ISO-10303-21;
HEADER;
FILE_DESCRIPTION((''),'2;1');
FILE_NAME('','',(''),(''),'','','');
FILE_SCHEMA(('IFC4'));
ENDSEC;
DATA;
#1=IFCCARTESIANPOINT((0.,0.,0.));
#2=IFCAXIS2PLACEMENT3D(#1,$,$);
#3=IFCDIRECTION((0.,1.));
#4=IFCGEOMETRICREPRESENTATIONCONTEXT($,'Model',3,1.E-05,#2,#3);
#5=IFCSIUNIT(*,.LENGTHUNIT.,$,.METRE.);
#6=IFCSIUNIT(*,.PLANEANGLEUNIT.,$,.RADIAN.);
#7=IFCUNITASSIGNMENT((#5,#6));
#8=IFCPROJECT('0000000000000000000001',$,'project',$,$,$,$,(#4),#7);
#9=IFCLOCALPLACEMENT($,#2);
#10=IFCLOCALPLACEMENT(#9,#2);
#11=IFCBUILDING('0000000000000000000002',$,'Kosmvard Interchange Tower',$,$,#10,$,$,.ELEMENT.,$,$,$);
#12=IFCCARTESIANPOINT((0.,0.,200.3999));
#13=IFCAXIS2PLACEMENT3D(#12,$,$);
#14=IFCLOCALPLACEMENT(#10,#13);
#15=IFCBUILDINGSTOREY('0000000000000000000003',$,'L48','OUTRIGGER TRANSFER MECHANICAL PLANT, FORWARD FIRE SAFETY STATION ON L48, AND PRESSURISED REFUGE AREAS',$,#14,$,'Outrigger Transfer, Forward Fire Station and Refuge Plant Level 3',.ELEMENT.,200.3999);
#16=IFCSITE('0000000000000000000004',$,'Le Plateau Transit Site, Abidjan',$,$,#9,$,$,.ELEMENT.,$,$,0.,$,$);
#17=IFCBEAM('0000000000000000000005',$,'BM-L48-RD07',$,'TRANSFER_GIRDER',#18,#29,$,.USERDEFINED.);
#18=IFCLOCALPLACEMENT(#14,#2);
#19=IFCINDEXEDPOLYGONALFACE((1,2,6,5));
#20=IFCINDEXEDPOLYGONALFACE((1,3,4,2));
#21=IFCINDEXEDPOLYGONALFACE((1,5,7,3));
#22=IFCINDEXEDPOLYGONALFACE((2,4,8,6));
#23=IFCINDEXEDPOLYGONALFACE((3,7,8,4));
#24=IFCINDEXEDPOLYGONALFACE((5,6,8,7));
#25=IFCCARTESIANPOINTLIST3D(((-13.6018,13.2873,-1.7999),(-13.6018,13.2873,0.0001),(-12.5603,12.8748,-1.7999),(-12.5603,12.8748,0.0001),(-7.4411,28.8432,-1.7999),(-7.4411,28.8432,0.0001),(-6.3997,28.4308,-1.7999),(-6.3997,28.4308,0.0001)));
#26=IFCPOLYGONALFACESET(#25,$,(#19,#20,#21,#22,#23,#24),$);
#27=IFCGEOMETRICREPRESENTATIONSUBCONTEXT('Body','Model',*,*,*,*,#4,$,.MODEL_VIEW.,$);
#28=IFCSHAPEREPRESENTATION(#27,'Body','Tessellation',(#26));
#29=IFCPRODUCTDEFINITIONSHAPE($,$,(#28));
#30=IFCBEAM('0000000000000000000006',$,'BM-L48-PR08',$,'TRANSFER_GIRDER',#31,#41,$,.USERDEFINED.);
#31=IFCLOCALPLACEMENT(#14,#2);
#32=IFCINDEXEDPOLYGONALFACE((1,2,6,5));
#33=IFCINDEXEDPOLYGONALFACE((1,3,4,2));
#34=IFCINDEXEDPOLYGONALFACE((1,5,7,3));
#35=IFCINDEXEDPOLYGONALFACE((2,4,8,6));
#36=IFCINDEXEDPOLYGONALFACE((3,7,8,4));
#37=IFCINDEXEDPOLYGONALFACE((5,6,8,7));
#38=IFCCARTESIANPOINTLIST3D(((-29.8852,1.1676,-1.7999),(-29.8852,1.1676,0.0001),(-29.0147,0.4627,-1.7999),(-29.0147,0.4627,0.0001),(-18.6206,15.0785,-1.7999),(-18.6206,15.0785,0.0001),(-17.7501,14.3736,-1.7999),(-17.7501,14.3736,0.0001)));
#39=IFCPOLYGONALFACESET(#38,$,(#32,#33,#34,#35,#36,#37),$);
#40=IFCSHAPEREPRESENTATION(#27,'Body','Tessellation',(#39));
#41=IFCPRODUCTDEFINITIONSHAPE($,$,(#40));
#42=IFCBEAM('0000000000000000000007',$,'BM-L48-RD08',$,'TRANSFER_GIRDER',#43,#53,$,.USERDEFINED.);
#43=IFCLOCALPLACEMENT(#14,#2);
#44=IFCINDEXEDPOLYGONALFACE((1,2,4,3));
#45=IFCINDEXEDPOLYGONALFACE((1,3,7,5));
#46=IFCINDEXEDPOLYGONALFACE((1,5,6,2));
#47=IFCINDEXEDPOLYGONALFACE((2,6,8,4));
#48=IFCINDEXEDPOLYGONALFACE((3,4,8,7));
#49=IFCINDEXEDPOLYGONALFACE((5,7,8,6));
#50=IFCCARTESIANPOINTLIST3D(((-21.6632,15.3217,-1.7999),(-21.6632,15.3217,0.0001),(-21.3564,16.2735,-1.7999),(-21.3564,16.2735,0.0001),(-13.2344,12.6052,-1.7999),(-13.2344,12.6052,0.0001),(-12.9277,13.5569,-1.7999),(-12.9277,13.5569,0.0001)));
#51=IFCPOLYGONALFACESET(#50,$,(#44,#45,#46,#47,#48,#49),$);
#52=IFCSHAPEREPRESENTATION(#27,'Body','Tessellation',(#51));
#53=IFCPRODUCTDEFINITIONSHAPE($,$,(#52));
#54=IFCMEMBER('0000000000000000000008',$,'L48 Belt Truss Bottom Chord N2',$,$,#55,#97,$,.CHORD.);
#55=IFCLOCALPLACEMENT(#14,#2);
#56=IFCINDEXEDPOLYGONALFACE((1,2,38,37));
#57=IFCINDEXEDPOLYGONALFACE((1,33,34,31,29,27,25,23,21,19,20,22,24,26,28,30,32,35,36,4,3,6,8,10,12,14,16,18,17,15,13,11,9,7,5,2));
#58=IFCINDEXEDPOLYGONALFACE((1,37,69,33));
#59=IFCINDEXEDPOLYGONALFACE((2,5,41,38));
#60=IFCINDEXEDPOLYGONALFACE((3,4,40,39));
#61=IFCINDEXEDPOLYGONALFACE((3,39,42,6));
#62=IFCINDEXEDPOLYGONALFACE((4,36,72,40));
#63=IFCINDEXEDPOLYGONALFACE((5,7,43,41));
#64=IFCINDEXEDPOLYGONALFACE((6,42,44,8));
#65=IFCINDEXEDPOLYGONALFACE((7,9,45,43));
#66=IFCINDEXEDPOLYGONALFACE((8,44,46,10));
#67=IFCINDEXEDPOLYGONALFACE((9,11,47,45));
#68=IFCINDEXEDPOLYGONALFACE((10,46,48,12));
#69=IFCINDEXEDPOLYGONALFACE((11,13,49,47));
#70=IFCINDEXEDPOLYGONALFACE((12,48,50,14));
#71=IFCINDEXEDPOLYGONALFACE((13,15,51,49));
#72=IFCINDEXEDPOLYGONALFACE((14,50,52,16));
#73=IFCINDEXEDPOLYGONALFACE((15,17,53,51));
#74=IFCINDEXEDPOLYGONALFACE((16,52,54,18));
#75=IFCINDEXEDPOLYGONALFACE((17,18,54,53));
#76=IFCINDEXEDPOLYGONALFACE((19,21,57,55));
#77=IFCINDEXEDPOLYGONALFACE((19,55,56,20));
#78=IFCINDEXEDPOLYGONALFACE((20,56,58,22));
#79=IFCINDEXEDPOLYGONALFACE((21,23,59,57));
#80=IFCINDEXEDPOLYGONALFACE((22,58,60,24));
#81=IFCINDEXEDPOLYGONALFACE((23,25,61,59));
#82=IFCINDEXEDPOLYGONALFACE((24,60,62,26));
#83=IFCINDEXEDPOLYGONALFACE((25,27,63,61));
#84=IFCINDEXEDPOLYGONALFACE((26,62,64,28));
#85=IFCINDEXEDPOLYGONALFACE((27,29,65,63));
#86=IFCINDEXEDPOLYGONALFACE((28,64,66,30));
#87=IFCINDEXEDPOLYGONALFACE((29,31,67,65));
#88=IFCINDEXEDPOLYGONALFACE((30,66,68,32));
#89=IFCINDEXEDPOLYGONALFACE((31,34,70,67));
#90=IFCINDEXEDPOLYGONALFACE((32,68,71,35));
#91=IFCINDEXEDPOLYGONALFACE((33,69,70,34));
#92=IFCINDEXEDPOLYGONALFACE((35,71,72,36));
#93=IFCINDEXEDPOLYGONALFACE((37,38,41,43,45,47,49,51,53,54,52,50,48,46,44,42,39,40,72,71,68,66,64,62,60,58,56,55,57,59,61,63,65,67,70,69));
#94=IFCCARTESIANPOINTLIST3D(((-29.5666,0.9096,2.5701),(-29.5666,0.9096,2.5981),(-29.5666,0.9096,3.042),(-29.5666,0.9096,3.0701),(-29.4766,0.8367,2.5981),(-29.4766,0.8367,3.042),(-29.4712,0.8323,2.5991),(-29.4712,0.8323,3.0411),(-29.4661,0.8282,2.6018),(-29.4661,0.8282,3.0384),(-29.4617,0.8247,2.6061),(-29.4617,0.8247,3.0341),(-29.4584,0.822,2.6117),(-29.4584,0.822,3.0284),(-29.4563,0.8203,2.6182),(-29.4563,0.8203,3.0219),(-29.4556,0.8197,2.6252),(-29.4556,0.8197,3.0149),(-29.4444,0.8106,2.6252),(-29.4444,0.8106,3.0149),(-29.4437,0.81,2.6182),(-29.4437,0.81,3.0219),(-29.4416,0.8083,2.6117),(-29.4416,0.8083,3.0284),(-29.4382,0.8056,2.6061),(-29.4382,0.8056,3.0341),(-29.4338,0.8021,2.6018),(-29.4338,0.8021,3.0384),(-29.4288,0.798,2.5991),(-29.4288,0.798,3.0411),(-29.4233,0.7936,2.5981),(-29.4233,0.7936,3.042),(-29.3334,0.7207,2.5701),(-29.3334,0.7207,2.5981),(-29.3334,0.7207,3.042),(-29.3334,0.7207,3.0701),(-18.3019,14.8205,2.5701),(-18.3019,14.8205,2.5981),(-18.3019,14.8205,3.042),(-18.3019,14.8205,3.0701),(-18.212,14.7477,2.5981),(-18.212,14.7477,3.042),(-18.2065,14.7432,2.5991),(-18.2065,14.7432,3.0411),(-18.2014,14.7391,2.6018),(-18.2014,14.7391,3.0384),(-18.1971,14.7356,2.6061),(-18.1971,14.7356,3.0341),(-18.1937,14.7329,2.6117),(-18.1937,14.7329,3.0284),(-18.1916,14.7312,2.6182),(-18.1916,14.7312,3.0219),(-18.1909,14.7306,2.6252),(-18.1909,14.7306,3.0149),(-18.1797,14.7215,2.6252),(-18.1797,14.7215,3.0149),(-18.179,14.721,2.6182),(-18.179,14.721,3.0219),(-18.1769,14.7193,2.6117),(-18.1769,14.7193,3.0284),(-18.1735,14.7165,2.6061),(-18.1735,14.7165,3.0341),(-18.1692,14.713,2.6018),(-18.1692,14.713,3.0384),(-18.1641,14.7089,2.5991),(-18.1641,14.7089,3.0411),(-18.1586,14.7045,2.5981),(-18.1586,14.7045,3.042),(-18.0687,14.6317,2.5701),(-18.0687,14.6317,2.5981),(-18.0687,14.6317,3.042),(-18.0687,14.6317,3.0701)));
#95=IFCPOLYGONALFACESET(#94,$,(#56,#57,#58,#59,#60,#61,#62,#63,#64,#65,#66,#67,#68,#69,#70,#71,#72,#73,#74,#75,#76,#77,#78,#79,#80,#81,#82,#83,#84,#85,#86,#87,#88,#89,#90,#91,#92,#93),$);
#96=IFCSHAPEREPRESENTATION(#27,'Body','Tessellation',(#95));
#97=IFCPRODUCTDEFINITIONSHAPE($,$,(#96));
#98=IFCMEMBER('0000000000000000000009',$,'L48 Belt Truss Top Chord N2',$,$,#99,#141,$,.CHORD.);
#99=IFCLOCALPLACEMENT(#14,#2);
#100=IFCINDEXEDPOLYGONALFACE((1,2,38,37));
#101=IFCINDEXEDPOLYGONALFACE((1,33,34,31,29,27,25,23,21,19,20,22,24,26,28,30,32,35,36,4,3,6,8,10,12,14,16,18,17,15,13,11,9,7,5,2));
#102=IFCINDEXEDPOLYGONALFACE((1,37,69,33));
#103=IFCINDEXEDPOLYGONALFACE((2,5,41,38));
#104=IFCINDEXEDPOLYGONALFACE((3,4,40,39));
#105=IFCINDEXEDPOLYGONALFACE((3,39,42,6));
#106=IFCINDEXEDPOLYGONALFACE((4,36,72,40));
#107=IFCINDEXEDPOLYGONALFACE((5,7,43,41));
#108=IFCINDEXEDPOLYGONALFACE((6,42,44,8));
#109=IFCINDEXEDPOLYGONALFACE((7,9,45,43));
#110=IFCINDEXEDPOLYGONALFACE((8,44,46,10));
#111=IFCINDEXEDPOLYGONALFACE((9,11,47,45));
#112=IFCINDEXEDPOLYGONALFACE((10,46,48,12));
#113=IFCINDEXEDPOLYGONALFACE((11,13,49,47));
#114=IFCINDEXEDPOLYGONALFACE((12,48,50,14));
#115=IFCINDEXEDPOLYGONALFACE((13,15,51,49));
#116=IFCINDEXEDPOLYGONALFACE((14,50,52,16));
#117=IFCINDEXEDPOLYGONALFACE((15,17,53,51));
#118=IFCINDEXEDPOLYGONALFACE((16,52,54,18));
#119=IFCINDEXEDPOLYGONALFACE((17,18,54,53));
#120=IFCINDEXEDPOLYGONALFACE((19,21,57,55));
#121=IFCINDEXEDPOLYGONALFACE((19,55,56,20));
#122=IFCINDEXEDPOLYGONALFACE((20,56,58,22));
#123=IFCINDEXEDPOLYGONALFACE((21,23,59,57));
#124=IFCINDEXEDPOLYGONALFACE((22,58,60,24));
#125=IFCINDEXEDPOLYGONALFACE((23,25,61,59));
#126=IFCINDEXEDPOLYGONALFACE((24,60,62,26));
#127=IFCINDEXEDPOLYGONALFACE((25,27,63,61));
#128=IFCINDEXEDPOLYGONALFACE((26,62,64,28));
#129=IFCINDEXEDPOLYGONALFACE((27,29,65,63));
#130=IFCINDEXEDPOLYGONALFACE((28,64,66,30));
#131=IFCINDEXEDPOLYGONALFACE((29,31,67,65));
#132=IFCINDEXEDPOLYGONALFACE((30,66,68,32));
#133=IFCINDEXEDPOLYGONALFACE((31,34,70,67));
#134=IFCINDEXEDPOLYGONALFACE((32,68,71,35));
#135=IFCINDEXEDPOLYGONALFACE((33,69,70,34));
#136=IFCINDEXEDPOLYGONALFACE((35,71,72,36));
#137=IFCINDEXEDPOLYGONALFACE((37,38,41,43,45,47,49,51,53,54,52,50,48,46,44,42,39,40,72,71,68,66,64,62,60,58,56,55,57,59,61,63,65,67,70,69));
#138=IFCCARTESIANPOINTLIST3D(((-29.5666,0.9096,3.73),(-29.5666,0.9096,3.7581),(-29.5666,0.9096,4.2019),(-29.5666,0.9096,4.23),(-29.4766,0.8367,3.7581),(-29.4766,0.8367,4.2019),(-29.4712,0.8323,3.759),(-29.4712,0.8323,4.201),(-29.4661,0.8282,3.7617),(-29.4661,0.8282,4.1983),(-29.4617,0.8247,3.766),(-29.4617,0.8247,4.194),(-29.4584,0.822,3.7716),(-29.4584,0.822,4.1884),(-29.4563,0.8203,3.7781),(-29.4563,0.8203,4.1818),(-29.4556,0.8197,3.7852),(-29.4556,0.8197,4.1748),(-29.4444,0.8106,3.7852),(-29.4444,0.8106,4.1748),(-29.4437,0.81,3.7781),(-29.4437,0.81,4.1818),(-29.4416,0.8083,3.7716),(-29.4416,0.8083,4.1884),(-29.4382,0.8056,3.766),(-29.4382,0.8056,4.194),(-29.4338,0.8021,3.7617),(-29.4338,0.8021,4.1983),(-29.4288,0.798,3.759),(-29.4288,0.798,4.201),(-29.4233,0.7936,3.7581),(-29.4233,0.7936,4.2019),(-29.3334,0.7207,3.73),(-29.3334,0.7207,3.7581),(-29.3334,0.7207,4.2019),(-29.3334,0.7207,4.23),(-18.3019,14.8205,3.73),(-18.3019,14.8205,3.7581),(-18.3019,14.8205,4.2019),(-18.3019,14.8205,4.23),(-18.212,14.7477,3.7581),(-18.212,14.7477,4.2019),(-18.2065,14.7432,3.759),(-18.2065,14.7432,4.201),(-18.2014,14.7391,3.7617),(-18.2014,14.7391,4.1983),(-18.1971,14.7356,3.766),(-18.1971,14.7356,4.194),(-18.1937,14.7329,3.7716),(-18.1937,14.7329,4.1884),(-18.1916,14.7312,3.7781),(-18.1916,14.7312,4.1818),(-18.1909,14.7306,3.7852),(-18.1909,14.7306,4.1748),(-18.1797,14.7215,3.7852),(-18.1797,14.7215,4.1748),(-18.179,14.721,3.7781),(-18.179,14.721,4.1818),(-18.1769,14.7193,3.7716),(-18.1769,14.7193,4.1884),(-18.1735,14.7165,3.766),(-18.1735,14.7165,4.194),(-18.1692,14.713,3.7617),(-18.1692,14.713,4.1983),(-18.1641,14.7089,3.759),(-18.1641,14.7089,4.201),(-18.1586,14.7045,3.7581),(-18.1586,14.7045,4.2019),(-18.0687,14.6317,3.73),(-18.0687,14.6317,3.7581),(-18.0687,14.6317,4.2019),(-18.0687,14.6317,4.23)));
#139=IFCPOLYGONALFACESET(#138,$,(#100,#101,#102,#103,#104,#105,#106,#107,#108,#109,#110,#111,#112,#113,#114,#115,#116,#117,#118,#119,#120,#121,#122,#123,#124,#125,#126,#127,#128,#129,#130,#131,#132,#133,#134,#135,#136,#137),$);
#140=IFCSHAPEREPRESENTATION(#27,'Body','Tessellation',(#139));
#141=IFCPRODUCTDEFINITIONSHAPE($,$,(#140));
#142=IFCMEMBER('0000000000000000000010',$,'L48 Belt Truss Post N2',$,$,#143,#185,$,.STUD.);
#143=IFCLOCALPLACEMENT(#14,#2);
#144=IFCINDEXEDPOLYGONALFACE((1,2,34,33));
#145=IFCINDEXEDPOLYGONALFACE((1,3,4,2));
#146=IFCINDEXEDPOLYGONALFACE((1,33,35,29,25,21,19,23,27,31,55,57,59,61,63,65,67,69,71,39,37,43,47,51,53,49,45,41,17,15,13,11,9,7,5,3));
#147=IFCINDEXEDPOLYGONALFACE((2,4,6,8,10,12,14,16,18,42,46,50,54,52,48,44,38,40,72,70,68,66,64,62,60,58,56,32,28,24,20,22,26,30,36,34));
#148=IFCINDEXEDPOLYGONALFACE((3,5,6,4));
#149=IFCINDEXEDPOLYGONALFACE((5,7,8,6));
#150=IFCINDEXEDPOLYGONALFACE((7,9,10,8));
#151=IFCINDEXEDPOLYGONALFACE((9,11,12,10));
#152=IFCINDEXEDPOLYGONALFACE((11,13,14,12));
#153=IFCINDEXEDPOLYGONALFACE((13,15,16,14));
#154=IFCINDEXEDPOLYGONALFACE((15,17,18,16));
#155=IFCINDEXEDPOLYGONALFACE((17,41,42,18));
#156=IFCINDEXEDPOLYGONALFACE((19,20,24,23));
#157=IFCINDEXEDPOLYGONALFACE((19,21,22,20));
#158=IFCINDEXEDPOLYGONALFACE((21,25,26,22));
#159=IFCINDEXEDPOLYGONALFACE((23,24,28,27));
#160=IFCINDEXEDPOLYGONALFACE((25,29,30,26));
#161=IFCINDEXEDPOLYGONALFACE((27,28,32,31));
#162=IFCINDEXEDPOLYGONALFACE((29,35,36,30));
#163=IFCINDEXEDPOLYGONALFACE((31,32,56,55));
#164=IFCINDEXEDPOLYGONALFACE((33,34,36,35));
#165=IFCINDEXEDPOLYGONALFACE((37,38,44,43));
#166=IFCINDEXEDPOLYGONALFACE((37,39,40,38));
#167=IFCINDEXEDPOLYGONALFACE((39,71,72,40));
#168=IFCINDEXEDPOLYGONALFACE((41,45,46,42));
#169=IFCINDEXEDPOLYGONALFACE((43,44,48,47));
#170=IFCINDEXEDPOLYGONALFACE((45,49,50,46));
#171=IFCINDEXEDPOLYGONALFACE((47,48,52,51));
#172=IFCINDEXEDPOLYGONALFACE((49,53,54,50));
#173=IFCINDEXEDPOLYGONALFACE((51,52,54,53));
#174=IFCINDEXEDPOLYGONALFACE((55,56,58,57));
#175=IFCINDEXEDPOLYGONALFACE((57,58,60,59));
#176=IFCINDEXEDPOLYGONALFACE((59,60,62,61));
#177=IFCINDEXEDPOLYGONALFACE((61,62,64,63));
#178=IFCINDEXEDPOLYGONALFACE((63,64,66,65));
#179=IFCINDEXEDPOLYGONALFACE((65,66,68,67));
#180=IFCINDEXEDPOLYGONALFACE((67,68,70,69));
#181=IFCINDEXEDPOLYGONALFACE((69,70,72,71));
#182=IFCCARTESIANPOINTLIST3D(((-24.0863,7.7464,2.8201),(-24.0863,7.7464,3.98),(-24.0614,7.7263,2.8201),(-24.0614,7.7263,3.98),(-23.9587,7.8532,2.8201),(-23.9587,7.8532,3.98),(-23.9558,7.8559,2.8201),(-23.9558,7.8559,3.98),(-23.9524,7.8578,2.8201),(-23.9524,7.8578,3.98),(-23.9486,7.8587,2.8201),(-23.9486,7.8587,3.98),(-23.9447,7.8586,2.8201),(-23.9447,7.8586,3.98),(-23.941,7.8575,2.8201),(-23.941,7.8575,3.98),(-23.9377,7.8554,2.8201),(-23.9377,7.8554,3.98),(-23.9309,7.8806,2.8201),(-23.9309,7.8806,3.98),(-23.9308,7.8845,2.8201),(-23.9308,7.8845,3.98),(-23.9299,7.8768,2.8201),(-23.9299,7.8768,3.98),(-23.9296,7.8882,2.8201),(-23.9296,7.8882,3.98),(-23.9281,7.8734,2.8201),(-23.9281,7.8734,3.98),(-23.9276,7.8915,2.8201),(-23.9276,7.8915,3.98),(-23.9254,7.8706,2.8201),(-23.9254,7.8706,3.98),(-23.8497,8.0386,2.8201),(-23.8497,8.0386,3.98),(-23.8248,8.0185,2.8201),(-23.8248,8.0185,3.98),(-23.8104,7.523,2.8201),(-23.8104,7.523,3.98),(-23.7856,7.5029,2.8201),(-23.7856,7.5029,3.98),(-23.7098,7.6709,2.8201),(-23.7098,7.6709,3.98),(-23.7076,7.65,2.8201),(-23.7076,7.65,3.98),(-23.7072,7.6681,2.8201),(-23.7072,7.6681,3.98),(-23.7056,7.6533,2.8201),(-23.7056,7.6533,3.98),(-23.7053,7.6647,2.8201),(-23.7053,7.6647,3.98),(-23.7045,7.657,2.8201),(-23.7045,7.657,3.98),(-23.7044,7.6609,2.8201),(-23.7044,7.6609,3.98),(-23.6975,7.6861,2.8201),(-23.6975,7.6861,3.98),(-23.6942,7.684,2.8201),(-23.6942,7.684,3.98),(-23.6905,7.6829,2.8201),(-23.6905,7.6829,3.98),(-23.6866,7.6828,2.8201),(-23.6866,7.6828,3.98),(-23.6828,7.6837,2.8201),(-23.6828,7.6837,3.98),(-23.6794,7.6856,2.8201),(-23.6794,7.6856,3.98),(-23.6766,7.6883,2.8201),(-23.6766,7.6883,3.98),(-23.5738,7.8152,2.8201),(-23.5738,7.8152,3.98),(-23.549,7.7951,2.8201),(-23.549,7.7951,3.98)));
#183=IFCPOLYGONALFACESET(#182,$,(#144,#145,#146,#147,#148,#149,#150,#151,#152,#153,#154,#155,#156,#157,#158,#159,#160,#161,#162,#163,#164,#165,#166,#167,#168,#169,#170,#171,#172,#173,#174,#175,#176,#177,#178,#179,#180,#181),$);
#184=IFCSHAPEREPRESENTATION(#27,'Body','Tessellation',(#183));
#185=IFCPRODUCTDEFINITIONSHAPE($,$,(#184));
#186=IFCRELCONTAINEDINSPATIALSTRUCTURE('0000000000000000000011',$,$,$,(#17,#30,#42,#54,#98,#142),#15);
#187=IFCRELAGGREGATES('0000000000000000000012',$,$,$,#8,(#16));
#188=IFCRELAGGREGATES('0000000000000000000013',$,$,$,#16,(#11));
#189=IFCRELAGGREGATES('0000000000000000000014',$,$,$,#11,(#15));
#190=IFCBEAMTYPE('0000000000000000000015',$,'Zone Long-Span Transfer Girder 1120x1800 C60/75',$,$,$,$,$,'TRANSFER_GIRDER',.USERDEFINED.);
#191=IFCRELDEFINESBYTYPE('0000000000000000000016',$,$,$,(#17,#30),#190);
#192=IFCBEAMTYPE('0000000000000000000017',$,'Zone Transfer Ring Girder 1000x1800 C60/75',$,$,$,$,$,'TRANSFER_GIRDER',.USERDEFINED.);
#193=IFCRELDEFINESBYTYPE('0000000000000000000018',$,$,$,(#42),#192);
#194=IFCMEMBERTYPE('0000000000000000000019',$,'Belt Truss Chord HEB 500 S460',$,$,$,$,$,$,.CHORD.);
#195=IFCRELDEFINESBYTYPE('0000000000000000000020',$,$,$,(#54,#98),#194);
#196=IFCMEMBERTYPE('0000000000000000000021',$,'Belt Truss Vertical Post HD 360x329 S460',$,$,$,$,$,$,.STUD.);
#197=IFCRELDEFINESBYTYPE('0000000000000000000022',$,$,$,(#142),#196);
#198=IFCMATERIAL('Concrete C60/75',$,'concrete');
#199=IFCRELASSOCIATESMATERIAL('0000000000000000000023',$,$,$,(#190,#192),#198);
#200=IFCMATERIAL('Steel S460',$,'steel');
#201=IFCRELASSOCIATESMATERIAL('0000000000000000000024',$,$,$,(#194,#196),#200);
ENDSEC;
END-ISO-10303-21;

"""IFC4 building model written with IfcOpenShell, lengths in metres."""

from ifc_helpers import new_model, si_unit, direction, frame, origin, origin_2d, place, context, subcontext, project, spatial, rectangle, i_section, extrude, source, transform, mapped, material, material_profile, profile_set, type_object, element, save


model = new_model("IFC4")

# Units and contexts
model_context = context("Model", 3, precision=1e-05, world=origin(), true_north=direction((0.0, 1.0)))
body_context = subcontext(model_context, "Body", "Model", "MODEL_VIEW")
ifc_project = project(units=[si_unit("LENGTHUNIT", "METRE"), si_unit("PLANEANGLEUNIT", "RADIAN")], contexts=[model_context])

# Site, building, storey
site_placement = place(None, origin())
site = spatial("IfcSite", under=ifc_project, at=site_placement, Name="Le Plateau Transit Site, Abidjan", CompositionType="ELEMENT", RefElevation=0.0)
building_placement = place(site_placement, origin())
building = spatial("IfcBuilding", under=site, at=building_placement, Name="Kosmvard Interchange Tower", CompositionType="ELEMENT")
storey_placement = place(building_placement, frame((0.0, 0.0, 200.3999)))
storey = spatial("IfcBuildingStorey", under=building, at=storey_placement, Name="L48", Description="OUTRIGGER TRANSFER MECHANICAL PLANT, FORWARD FIRE SAFETY STATION ON L48, AND PRESSURISED REFUGE AREAS", LongName="Outrigger Transfer, Forward Fire Station and Refuge Plant Level 3", CompositionType="ELEMENT", Elevation=200.3999)

# Shared definitions
ifc_material_1 = material(Name="Concrete C60/75", Category="concrete")

# Beams
ifc_material_profile_1 = material_profile(ifc_material_1, rectangle(XDim=1.1201, YDim=1.8, at=origin_2d()), Name="TG 1120x1800")
ifc_profile_set_1 = profile_set([ifc_material_profile_1], Name="Concrete C60/75")
beam_type_1 = type_object("IfcBeamType", Name="Zone Long-Span Transfer Girder 1120x1800 C60/75", ElementType="TRANSFER_GIRDER", PredefinedType="USERDEFINED", material=ifc_profile_set_1)
ifc_material_profile_2 = material_profile(ifc_material_1, rectangle(XDim=1.0, YDim=1.8, at=origin_2d()), Name="TG 1000x1800")
ifc_profile_set_2 = profile_set([ifc_material_profile_2], Name="Concrete C60/75")
beam_type_2 = type_object("IfcBeamType", Name="Zone Transfer Ring Girder 1000x1800 C60/75", ElementType="TRANSFER_GIRDER", PredefinedType="USERDEFINED", material=ifc_profile_set_2)
shared_shape_1 = source(origin(), body_context, "Body", "SweptSolid", [
    extrude(rectangle(XDim=1.1201, YDim=1.8, at=origin_2d()), origin(), (0.0, 0.0, 1.0), 16.7314),
])
beam_1_placement = place(storey_placement, frame((-13.0811, 13.0811, -0.8999), z_axis=(0.368209, 0.929743, 0.0), x_axis=(-0.929743, 0.368209, 0.0)))
element("IfcBeam", 1, at=beam_1_placement, inside=storey, type_object=beam_type_1, Name="BM-L48-RD07", ObjectType="TRANSFER_GIRDER", PredefinedType="USERDEFINED", context=body_context, shape_type="MappedRepresentation", body=[
    mapped(shared_shape_1, transform((0.0, 0.0, 0.0), scale=1.0)),
])
shared_shape_2 = source(origin(), body_context, "Body", "SweptSolid", [
    extrude(rectangle(XDim=1.1201, YDim=1.8, at=origin_2d()), origin(), (0.0, 0.0, 1.0), 17.8999),
])
beam_2_placement = place(storey_placement, frame((-18.1853, 14.7261, -0.8999), z_axis=(-0.629315, -0.777151, 0.0), x_axis=(0.777151, -0.629315, 0.0)))
element("IfcBeam", 2, at=beam_2_placement, inside=storey, type_object=beam_type_1, Name="BM-L48-PR08", ObjectType="TRANSFER_GIRDER", PredefinedType="USERDEFINED", context=body_context, shape_type="MappedRepresentation", body=[
    mapped(shared_shape_2, transform((0.0, 0.0, 0.0), scale=1.0)),
])
shared_shape_3 = source(origin(), body_context, "Body", "SweptSolid", [
    extrude(rectangle(XDim=1.0, YDim=1.8, at=origin_2d()), origin(), (0.0, 0.0, 1.0), 8.8557),
])
beam_3_placement = place(storey_placement, frame((-13.0811, 13.0811, -0.8999), z_axis=(-0.951787, 0.306759, 0.0), x_axis=(-0.306759, -0.951787, 0.0)))
element("IfcBeam", 3, at=beam_3_placement, inside=storey, type_object=beam_type_2, Name="BM-L48-RD08", ObjectType="TRANSFER_GIRDER", PredefinedType="USERDEFINED", context=body_context, shape_type="MappedRepresentation", body=[
    mapped(shared_shape_3, transform((0.0, 0.0, 0.0), scale=1.0)),
])

# Members
ifc_material_2 = material(Name="Steel S460", Category="steel")
ifc_material_profile_3 = material_profile(ifc_material_2, i_section(OverallWidth=0.3, OverallDepth=0.5, WebThickness=0.0144, FlangeThickness=0.0281, FilletRadius=0.0271, at=origin_2d()), Name="HEB 500")
ifc_profile_set_3 = profile_set([ifc_material_profile_3], Name="Steel S460")
member_type_1 = type_object("IfcMemberType", Name="Belt Truss Chord HEB 500 S460", PredefinedType="CHORD", material=ifc_profile_set_3)
shared_shape_4 = source(origin(), body_context, "Body", "SweptSolid", [
    extrude(i_section(OverallWidth=0.3, OverallDepth=0.5, WebThickness=0.0144, FlangeThickness=0.0281, FilletRadius=0.0271, at=origin_2d()), origin(), (0.0, 0.0, 1.0), 17.8999),
])
for number, where, z_axis, x_axis, name in (
    (4, (-18.1853, 14.7261, 2.8201), (-0.629315, -0.777151, 0.0), (0.777151, -0.629315, 0.0), "L48 Belt Truss Bottom Chord N2"),
    (5, (-18.1853, 14.7261, 3.98), (-0.629315, -0.777151, 0.0), (0.777151, -0.629315, 0.0), "L48 Belt Truss Top Chord N2"),
):
    element("IfcMember", number, at=place(storey_placement, frame(where, z_axis=z_axis, x_axis=x_axis)), inside=storey, type_object=member_type_1, Name=name, PredefinedType="CHORD", context=body_context, shape_type="MappedRepresentation", body=[
        mapped(shared_shape_4, transform((0.0, 0.0, 0.0), scale=1.0)),
    ])
ifc_material_profile_4 = material_profile(ifc_material_2, i_section(OverallWidth=0.376, OverallDepth=0.387, WebThickness=0.0195, FlangeThickness=0.032, FilletRadius=0.0149, at=origin_2d()), Name="HD 360x329")
ifc_profile_set_4 = profile_set([ifc_material_profile_4], Name="Steel S460")
member_type_2 = type_object("IfcMemberType", Name="Belt Truss Vertical Post HD 360x329 S460", PredefinedType="STUD", material=ifc_profile_set_4)
shared_shape_5 = source(origin(), body_context, "Body", "SweptSolid", [
    extrude(i_section(OverallWidth=0.376, OverallDepth=0.387, WebThickness=0.0195, FlangeThickness=0.032, FilletRadius=0.0149, at=origin_2d()), origin(), (0.0, 0.0, 1.0), 1.1599),
])
member_1_placement = place(storey_placement, frame((-23.8176, 7.7708, 2.8201), z_axis=(0.0, 0.0, 1.0), x_axis=(0.62932, 0.777146, 0.0)))
element("IfcMember", 6, at=member_1_placement, inside=storey, type_object=member_type_2, Name="L48 Belt Truss Post N2", PredefinedType="STUD", context=body_context, shape_type="MappedRepresentation", body=[
    mapped(shared_shape_5, transform((0.0, 0.0, 0.0), scale=1.0)),
])

save(model, "model.ifc")
